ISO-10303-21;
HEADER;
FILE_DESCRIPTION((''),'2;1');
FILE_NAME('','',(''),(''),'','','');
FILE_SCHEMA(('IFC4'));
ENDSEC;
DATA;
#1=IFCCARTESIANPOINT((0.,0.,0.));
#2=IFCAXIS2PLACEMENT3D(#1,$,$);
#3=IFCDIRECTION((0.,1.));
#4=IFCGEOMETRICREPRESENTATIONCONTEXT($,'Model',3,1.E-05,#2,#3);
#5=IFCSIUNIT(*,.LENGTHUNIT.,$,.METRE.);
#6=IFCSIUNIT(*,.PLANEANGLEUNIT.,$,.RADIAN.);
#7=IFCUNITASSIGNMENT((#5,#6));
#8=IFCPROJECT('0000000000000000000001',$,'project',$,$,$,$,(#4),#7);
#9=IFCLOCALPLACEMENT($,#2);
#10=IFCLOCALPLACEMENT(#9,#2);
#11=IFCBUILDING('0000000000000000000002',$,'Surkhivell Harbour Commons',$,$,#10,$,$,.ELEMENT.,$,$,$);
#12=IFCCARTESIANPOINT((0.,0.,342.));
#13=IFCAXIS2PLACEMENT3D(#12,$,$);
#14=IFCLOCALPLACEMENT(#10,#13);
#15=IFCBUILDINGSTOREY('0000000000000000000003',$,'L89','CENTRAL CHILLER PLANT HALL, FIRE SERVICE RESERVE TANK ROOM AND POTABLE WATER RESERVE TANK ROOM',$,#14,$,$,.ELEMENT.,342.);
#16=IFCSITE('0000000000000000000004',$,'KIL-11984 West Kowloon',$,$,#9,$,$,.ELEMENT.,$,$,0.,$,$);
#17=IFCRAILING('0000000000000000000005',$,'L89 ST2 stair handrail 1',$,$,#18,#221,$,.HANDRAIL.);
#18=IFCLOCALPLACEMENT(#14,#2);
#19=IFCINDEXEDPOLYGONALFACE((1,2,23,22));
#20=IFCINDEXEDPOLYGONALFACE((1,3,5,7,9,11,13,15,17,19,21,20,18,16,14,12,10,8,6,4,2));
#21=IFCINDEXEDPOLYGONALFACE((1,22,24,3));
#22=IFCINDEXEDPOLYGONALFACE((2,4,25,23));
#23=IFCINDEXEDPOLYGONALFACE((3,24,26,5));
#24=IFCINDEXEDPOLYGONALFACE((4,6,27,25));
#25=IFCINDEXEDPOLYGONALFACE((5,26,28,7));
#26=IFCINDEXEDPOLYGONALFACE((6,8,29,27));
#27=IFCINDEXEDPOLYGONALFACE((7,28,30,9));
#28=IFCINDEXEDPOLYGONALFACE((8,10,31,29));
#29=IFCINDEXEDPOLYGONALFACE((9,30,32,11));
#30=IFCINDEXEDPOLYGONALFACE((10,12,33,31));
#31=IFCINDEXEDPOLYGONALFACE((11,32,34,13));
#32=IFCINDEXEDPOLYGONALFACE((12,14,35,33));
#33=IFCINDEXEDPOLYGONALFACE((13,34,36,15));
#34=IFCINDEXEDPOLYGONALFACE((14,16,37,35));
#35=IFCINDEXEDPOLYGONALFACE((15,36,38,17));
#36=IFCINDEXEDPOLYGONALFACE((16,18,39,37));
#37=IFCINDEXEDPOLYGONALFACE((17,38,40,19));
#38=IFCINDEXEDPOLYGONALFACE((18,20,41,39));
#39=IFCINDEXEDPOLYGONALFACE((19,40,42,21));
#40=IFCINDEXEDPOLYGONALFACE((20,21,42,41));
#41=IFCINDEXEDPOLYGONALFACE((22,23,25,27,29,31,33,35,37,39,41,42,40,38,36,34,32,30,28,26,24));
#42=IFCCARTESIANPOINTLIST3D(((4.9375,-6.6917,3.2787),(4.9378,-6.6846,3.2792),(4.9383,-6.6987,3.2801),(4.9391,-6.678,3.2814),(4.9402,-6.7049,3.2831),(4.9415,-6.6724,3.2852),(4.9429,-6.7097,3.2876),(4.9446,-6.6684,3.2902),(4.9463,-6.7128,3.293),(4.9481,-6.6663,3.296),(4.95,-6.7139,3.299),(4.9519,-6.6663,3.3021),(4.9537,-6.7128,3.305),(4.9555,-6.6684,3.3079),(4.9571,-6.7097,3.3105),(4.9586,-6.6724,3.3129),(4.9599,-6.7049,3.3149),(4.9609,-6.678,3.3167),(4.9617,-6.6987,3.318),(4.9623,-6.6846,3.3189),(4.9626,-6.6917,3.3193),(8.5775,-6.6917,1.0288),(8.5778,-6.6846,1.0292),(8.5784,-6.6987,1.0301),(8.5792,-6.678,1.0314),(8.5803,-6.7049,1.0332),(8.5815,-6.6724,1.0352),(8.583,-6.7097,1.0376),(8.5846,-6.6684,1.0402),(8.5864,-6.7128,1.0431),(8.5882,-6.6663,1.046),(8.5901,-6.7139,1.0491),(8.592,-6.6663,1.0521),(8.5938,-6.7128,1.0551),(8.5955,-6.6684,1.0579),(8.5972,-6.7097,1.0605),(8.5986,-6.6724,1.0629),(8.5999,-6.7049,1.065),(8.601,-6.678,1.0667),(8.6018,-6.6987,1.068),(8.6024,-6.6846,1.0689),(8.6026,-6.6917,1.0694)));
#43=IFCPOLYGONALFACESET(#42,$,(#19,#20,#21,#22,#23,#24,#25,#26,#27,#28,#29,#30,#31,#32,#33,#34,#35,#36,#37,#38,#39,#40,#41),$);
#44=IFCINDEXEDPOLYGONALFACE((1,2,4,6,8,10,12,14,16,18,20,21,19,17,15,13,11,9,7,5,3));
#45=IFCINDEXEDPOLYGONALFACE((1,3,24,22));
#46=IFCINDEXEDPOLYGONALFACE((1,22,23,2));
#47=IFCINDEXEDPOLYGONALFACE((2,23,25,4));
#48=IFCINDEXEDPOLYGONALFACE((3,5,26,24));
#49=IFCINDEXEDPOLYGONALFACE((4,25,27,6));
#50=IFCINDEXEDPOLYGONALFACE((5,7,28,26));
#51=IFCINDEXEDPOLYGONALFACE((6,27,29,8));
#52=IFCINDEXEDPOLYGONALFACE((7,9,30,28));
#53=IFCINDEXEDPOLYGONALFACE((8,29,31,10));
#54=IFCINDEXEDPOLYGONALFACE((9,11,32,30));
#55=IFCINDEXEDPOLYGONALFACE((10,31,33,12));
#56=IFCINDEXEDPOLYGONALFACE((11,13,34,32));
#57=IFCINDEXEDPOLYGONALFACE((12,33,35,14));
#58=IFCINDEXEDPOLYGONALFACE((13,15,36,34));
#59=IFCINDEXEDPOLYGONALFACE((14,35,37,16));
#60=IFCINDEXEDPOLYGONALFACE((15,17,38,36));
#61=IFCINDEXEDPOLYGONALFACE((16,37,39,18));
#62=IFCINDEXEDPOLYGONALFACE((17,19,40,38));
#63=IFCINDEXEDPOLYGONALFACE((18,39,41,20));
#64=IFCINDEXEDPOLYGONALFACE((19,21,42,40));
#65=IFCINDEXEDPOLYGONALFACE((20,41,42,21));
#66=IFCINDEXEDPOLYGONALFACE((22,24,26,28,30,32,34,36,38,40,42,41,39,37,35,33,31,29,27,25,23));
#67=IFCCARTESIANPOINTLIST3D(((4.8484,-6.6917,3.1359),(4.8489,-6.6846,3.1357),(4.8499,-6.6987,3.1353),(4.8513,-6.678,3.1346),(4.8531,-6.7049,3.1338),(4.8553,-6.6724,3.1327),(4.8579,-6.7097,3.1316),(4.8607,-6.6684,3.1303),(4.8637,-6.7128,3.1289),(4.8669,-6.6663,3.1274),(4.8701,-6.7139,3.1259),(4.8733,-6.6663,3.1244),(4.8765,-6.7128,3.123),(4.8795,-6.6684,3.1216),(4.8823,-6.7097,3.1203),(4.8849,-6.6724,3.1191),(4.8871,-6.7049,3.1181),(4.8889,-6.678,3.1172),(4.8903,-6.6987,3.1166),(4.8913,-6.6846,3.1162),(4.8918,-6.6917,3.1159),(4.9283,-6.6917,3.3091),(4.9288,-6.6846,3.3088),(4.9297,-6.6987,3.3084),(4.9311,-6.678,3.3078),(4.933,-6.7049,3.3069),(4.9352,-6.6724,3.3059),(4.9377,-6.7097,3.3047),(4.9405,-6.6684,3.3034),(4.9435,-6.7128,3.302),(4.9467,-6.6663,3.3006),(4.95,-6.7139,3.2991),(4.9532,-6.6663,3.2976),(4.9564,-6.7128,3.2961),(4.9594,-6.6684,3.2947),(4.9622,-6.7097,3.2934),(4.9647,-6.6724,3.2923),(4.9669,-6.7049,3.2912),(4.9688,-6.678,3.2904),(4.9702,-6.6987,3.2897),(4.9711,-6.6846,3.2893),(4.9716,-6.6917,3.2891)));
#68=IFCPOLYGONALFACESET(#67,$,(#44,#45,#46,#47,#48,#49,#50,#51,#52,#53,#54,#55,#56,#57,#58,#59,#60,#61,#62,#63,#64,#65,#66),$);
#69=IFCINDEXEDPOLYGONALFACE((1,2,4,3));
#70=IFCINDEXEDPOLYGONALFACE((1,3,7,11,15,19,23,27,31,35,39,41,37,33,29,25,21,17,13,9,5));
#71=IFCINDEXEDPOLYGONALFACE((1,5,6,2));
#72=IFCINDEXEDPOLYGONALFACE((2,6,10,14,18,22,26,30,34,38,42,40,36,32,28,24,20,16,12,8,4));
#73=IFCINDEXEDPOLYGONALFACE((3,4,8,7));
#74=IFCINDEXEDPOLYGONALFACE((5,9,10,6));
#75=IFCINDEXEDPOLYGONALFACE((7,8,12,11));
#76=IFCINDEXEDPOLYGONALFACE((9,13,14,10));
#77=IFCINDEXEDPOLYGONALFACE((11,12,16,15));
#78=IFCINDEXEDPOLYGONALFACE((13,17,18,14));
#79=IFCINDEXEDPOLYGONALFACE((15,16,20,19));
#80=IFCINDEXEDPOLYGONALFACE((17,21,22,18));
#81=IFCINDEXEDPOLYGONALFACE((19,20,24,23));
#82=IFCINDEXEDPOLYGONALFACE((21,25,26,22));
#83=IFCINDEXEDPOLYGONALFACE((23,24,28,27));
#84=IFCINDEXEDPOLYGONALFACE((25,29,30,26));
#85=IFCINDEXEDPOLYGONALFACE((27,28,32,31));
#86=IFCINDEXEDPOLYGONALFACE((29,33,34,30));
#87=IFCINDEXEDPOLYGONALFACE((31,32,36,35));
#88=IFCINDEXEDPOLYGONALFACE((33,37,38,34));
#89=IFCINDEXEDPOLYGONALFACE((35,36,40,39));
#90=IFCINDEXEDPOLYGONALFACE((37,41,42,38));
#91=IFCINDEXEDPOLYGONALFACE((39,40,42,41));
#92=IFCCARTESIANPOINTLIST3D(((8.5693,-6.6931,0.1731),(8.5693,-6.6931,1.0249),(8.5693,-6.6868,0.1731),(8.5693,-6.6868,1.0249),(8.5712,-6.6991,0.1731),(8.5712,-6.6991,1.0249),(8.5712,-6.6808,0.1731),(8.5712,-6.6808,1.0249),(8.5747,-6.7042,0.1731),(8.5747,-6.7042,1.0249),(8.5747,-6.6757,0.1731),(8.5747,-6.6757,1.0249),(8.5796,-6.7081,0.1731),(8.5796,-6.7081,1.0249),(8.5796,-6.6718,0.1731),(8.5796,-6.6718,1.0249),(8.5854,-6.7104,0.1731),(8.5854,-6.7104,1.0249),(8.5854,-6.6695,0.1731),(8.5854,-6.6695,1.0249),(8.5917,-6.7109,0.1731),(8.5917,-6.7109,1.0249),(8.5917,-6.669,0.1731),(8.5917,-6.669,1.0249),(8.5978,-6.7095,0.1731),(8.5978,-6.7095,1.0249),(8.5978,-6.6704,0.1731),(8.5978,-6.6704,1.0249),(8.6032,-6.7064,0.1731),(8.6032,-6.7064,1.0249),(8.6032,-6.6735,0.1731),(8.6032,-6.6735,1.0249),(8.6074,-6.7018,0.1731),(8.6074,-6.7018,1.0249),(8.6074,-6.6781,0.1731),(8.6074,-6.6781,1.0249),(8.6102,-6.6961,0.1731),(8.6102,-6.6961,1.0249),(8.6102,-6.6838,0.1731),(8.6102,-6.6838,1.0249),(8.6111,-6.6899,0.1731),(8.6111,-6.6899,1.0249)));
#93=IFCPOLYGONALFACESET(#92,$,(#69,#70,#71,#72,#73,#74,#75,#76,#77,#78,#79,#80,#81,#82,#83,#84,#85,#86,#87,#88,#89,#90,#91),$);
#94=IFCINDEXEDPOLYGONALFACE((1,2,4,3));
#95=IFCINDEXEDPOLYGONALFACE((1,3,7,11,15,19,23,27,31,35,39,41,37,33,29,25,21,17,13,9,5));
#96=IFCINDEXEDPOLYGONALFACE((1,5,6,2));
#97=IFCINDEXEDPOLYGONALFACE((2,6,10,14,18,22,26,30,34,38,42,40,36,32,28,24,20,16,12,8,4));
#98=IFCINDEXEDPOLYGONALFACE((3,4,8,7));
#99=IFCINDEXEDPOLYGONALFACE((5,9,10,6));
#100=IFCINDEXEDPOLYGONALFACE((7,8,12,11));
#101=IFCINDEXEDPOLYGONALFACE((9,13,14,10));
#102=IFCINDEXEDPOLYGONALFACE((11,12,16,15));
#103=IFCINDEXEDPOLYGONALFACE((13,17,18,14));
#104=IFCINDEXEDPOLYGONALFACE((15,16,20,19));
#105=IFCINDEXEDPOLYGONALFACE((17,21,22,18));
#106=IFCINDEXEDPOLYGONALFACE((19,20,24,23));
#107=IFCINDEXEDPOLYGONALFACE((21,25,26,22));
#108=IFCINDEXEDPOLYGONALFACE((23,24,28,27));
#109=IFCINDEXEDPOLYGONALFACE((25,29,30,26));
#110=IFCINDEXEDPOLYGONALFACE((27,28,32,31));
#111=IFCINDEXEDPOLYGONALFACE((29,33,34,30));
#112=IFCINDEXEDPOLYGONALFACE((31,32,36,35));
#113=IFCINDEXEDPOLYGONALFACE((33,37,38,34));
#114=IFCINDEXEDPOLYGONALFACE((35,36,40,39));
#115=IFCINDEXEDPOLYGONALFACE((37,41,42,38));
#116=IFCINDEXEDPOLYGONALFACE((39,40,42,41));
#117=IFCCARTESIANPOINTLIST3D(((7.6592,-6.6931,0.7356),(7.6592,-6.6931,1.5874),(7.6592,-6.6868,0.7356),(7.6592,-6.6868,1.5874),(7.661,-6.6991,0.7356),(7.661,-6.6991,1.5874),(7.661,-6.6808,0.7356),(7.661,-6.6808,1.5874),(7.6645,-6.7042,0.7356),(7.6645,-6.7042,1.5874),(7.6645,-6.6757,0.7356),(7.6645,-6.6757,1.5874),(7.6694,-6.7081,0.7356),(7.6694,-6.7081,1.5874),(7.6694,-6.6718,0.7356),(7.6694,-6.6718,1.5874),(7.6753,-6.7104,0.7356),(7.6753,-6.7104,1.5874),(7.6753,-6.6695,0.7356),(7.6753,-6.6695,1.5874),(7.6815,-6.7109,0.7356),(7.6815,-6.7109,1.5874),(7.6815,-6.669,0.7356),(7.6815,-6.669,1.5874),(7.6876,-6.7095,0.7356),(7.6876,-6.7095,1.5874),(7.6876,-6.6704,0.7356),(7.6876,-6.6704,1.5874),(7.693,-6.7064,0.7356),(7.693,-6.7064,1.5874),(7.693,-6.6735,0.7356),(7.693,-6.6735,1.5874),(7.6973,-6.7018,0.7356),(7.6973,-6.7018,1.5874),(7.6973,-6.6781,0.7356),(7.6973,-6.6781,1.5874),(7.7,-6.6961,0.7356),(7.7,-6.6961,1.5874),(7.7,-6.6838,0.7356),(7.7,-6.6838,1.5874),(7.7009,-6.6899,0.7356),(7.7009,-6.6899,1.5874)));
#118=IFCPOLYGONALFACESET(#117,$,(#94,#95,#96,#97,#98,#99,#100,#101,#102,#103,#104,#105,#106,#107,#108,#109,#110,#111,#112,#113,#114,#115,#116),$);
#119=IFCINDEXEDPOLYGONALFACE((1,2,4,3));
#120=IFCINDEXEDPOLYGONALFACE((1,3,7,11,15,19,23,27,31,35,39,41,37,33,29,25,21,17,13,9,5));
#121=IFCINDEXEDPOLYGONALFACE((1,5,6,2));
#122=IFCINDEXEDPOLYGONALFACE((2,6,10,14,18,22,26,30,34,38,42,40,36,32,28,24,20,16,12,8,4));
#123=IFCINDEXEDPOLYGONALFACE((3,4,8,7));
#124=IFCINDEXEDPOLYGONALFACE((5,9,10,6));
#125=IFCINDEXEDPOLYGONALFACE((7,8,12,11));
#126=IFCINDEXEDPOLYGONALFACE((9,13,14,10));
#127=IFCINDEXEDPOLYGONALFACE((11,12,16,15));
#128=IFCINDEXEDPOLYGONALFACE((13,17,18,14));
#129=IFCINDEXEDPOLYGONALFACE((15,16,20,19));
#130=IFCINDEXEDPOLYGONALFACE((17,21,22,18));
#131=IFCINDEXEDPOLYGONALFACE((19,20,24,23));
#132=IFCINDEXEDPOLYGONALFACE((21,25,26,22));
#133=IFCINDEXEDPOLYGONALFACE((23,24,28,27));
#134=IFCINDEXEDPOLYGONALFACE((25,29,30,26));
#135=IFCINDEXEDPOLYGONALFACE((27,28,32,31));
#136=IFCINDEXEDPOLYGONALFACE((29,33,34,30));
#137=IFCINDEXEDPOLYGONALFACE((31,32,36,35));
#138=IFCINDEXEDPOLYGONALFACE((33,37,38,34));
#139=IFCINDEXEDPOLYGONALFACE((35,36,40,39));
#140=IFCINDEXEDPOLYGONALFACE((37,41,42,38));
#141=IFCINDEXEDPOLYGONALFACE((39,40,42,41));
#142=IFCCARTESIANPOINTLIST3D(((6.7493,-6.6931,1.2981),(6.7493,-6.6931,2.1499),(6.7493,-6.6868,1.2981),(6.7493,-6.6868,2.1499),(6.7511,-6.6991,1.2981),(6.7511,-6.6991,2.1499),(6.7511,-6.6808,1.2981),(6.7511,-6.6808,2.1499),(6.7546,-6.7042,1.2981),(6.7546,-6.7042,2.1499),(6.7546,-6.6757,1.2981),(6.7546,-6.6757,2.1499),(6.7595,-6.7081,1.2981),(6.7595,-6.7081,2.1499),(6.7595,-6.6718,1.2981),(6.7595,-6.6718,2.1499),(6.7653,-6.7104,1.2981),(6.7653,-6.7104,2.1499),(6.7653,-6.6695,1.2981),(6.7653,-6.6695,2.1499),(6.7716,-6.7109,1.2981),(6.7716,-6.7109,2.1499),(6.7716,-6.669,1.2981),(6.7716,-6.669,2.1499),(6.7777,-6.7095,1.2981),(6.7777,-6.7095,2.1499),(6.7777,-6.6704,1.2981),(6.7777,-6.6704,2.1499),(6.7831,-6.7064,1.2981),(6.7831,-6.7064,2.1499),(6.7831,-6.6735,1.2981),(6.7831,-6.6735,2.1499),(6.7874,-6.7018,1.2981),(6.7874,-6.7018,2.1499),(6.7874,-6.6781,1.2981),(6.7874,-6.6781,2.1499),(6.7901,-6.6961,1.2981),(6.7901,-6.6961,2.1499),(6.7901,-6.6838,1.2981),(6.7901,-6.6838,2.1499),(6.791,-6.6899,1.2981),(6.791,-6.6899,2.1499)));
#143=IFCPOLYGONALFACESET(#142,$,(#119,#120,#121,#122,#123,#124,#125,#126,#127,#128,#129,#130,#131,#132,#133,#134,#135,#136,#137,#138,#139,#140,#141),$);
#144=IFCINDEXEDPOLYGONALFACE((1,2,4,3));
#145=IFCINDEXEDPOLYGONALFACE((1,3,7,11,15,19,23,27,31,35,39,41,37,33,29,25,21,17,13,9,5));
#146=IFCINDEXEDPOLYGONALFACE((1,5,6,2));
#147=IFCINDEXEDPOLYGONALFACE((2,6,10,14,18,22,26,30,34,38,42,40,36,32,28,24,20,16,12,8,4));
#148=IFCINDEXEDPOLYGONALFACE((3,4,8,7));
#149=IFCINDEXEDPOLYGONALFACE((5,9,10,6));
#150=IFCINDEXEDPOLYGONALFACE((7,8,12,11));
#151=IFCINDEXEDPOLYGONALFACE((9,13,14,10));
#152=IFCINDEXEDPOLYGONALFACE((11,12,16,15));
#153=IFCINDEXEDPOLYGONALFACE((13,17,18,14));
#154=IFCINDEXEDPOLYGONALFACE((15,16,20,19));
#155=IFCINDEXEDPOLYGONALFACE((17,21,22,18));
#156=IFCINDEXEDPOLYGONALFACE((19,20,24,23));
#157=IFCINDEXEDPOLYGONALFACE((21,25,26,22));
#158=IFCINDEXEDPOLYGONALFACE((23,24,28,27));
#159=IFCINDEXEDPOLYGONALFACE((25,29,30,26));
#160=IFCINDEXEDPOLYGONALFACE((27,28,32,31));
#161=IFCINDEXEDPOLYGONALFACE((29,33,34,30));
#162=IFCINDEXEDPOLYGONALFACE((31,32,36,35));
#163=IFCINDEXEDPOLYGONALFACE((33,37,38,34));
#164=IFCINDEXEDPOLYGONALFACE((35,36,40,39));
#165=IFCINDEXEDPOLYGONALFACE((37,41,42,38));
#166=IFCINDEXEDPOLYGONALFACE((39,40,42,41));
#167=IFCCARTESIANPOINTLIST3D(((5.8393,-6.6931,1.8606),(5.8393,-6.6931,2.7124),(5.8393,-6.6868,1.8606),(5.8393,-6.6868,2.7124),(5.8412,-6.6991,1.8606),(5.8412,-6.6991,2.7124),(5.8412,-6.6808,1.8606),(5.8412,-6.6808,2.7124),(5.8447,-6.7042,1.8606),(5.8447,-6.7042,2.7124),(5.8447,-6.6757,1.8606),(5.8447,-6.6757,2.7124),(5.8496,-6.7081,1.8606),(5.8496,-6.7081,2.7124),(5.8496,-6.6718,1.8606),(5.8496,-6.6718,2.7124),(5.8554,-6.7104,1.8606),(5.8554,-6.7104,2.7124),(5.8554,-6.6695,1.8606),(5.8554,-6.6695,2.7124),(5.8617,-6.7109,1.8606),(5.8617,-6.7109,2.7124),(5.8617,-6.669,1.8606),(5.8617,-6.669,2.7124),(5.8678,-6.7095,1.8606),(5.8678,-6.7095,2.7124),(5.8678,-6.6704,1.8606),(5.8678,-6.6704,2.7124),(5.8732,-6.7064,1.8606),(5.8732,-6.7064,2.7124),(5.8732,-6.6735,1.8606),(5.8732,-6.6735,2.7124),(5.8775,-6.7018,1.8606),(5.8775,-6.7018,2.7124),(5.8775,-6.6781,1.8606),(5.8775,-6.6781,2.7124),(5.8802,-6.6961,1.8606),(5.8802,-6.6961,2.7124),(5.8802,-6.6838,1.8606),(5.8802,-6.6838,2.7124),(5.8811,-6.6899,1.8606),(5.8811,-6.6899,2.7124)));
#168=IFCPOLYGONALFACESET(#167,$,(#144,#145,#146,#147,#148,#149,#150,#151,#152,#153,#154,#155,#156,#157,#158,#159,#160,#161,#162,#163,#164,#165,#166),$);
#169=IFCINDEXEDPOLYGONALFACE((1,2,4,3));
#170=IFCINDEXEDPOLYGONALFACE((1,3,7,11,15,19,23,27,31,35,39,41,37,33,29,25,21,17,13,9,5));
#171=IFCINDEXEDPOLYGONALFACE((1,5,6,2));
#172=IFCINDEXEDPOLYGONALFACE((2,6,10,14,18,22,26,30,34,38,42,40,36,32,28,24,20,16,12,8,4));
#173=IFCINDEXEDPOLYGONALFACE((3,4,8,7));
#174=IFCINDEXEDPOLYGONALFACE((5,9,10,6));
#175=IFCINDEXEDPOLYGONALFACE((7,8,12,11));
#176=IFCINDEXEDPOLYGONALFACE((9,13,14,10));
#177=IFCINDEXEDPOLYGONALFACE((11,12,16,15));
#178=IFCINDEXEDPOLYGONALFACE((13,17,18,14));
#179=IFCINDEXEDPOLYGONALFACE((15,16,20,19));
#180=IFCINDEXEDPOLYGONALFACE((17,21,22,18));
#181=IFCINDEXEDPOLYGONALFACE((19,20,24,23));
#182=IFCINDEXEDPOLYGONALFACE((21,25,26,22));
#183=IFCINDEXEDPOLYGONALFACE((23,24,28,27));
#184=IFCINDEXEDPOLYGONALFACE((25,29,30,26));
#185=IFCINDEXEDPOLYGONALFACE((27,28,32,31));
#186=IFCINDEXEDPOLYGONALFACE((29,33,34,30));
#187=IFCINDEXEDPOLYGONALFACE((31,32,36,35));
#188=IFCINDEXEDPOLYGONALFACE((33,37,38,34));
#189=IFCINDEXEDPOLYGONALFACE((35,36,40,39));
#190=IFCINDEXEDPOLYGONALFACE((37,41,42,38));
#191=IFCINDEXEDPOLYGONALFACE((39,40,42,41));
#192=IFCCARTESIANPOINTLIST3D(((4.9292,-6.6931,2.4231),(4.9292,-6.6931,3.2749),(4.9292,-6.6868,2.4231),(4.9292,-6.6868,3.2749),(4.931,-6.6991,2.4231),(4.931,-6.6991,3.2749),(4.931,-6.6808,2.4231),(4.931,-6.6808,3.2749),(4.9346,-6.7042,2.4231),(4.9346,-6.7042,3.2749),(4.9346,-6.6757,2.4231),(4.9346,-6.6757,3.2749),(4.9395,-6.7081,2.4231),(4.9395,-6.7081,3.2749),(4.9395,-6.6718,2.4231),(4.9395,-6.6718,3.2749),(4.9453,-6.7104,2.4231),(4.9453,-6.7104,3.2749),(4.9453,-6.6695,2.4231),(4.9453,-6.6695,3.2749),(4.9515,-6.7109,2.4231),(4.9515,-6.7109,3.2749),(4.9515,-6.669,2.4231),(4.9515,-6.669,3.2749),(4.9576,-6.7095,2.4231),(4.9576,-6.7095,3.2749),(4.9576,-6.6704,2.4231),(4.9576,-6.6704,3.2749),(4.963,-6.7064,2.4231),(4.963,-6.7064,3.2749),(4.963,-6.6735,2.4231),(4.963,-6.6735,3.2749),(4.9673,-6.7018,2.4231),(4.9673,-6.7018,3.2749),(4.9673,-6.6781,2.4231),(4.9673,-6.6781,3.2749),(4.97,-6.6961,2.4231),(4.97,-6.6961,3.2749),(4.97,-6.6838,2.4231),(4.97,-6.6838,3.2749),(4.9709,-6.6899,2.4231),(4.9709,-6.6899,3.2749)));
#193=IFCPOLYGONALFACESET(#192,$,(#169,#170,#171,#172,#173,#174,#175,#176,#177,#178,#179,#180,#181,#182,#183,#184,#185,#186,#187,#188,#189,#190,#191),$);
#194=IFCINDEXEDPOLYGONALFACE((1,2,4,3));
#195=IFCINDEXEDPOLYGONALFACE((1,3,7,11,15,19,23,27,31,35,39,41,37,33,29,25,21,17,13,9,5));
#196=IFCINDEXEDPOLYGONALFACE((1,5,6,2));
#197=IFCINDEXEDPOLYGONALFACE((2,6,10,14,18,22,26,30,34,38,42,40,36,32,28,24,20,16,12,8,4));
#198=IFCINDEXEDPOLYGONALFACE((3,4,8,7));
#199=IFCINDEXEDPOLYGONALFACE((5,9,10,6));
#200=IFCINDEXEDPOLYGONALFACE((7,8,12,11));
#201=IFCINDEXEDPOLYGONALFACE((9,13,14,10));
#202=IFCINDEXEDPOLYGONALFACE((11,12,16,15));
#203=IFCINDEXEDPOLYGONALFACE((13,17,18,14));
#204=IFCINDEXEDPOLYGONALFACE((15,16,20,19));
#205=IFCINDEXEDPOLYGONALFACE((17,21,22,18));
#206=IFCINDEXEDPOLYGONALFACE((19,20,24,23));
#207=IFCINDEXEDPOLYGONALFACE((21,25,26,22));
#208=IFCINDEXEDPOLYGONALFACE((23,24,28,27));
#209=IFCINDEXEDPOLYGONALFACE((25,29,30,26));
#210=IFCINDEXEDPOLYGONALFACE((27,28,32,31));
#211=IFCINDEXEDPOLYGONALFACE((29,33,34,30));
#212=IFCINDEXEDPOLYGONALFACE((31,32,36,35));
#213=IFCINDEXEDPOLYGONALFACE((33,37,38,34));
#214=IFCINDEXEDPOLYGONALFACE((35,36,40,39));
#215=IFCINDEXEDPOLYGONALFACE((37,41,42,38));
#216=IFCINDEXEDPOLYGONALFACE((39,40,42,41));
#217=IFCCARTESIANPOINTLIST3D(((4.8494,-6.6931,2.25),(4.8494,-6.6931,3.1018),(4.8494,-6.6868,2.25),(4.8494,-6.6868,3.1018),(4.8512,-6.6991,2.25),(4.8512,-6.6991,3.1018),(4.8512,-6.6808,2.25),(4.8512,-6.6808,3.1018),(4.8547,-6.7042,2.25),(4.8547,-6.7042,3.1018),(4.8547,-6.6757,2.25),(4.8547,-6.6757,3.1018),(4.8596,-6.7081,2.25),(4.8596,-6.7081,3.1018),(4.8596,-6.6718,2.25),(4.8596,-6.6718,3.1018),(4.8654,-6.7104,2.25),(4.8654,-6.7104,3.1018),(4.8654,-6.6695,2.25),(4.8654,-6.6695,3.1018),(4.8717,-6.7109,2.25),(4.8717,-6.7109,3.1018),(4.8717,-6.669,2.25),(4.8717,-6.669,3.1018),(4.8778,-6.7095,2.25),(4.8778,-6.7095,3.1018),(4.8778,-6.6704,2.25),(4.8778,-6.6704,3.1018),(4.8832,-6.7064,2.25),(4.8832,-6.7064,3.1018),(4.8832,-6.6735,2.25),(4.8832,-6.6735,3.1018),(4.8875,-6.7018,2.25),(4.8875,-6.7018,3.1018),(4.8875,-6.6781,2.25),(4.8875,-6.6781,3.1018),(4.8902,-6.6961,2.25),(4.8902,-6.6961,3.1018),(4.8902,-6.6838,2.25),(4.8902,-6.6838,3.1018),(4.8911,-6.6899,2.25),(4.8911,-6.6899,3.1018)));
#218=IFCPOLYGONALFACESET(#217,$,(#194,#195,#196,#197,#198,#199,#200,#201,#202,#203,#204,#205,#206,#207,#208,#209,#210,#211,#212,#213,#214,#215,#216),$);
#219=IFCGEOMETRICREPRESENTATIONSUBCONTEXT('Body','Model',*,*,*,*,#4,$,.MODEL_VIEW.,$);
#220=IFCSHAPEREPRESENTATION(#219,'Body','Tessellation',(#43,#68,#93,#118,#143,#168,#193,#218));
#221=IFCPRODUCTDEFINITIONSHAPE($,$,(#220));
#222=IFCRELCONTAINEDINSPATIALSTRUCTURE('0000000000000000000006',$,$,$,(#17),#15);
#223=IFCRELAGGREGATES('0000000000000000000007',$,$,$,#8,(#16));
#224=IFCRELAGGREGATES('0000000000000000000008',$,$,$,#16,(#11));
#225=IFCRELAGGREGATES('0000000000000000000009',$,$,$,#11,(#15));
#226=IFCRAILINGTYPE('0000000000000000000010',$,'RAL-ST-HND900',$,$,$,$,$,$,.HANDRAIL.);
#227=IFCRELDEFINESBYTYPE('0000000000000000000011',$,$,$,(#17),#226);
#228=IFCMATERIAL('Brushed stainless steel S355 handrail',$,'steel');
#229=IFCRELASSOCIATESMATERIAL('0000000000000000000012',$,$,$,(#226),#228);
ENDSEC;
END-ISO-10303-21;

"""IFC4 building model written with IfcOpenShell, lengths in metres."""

from ifc_helpers import new_model, si_unit, direction, frame, origin, origin_2d, place, context, subcontext, project, spatial, circle, extrude, material, type_object, element, save


model = new_model("IFC4")

# Units and contexts
model_context = context("Model", 3, precision=1e-05, world=origin(), true_north=direction((0.0, 1.0)))
body_context = subcontext(model_context, "Body", "Model", "MODEL_VIEW")
ifc_project = project(units=[si_unit("LENGTHUNIT", "METRE"), si_unit("PLANEANGLEUNIT", "RADIAN")], contexts=[model_context])

# Site, building, storey
site_placement = place(None, origin())
site = spatial("IfcSite", under=ifc_project, at=site_placement, Name="KIL-11984 West Kowloon", CompositionType="ELEMENT", RefElevation=0.0)
building_placement = place(site_placement, origin())
building = spatial("IfcBuilding", under=site, at=building_placement, Name="Surkhivell Harbour Commons", CompositionType="ELEMENT")
storey_placement = place(building_placement, frame((0.0, 0.0, 342.0)))
storey = spatial("IfcBuildingStorey", under=building, at=storey_placement, Name="L89", Description="CENTRAL CHILLER PLANT HALL, FIRE SERVICE RESERVE TANK ROOM AND POTABLE WATER RESERVE TANK ROOM", CompositionType="ELEMENT", Elevation=342.0)

# Railing
ifc_material_1 = material(Name="Brushed stainless steel S355 handrail", Category="steel")
railing_type_1 = type_object("IfcRailingType", Name="RAL-ST-HND900", PredefinedType="HANDRAIL", material=ifc_material_1)
railing_1_placement = place(storey_placement, frame((8.5901, -6.6899, 0.1731)))
element("IfcRailing", 1, at=railing_1_placement, inside=storey, type_object=railing_type_1, Name="L89 ST2 stair handrail 1", PredefinedType="HANDRAIL", context=body_context, shape_type="SweptSolid", body=[
    extrude(circle(Radius=0.0239, at=origin_2d()), frame((0.0, 0.0, 0.876), z_axis=(-0.850622, 0.0, 0.525777), x_axis=(0.0, -1.0, 0.0)), (0.0, 0.0, 1.0), 4.2793),
    extrude(circle(Radius=0.0239, at=origin_2d()), frame((-3.6401, 0.0, 3.126), z_axis=(-0.418815, 0.0, -0.908072), x_axis=(0.0, -1.0, 0.0)), (0.0, 0.0, 1.0), 0.1907),
    extrude(circle(Radius=0.021, at=origin_2d()), origin(), (0.0, 0.0, 1.0), 0.8518),
    extrude(circle(Radius=0.021, at=origin_2d()), frame((-0.9102, 0.0, 0.5625)), (0.0, 0.0, 1.0), 0.8518),
    extrude(circle(Radius=0.021, at=origin_2d()), frame((-1.8201, 0.0, 1.125)), (0.0, 0.0, 1.0), 0.8518),
    extrude(circle(Radius=0.021, at=origin_2d()), frame((-2.73, 0.0, 1.6875)), (0.0, 0.0, 1.0), 0.8518),
    extrude(circle(Radius=0.021, at=origin_2d()), frame((-3.6401, 0.0, 2.25)), (0.0, 0.0, 1.0), 0.8518),
    extrude(circle(Radius=0.021, at=origin_2d()), frame((-3.72, 0.0, 2.0769)), (0.0, 0.0, 1.0), 0.8518),
])

save(model, "model.ifc")
